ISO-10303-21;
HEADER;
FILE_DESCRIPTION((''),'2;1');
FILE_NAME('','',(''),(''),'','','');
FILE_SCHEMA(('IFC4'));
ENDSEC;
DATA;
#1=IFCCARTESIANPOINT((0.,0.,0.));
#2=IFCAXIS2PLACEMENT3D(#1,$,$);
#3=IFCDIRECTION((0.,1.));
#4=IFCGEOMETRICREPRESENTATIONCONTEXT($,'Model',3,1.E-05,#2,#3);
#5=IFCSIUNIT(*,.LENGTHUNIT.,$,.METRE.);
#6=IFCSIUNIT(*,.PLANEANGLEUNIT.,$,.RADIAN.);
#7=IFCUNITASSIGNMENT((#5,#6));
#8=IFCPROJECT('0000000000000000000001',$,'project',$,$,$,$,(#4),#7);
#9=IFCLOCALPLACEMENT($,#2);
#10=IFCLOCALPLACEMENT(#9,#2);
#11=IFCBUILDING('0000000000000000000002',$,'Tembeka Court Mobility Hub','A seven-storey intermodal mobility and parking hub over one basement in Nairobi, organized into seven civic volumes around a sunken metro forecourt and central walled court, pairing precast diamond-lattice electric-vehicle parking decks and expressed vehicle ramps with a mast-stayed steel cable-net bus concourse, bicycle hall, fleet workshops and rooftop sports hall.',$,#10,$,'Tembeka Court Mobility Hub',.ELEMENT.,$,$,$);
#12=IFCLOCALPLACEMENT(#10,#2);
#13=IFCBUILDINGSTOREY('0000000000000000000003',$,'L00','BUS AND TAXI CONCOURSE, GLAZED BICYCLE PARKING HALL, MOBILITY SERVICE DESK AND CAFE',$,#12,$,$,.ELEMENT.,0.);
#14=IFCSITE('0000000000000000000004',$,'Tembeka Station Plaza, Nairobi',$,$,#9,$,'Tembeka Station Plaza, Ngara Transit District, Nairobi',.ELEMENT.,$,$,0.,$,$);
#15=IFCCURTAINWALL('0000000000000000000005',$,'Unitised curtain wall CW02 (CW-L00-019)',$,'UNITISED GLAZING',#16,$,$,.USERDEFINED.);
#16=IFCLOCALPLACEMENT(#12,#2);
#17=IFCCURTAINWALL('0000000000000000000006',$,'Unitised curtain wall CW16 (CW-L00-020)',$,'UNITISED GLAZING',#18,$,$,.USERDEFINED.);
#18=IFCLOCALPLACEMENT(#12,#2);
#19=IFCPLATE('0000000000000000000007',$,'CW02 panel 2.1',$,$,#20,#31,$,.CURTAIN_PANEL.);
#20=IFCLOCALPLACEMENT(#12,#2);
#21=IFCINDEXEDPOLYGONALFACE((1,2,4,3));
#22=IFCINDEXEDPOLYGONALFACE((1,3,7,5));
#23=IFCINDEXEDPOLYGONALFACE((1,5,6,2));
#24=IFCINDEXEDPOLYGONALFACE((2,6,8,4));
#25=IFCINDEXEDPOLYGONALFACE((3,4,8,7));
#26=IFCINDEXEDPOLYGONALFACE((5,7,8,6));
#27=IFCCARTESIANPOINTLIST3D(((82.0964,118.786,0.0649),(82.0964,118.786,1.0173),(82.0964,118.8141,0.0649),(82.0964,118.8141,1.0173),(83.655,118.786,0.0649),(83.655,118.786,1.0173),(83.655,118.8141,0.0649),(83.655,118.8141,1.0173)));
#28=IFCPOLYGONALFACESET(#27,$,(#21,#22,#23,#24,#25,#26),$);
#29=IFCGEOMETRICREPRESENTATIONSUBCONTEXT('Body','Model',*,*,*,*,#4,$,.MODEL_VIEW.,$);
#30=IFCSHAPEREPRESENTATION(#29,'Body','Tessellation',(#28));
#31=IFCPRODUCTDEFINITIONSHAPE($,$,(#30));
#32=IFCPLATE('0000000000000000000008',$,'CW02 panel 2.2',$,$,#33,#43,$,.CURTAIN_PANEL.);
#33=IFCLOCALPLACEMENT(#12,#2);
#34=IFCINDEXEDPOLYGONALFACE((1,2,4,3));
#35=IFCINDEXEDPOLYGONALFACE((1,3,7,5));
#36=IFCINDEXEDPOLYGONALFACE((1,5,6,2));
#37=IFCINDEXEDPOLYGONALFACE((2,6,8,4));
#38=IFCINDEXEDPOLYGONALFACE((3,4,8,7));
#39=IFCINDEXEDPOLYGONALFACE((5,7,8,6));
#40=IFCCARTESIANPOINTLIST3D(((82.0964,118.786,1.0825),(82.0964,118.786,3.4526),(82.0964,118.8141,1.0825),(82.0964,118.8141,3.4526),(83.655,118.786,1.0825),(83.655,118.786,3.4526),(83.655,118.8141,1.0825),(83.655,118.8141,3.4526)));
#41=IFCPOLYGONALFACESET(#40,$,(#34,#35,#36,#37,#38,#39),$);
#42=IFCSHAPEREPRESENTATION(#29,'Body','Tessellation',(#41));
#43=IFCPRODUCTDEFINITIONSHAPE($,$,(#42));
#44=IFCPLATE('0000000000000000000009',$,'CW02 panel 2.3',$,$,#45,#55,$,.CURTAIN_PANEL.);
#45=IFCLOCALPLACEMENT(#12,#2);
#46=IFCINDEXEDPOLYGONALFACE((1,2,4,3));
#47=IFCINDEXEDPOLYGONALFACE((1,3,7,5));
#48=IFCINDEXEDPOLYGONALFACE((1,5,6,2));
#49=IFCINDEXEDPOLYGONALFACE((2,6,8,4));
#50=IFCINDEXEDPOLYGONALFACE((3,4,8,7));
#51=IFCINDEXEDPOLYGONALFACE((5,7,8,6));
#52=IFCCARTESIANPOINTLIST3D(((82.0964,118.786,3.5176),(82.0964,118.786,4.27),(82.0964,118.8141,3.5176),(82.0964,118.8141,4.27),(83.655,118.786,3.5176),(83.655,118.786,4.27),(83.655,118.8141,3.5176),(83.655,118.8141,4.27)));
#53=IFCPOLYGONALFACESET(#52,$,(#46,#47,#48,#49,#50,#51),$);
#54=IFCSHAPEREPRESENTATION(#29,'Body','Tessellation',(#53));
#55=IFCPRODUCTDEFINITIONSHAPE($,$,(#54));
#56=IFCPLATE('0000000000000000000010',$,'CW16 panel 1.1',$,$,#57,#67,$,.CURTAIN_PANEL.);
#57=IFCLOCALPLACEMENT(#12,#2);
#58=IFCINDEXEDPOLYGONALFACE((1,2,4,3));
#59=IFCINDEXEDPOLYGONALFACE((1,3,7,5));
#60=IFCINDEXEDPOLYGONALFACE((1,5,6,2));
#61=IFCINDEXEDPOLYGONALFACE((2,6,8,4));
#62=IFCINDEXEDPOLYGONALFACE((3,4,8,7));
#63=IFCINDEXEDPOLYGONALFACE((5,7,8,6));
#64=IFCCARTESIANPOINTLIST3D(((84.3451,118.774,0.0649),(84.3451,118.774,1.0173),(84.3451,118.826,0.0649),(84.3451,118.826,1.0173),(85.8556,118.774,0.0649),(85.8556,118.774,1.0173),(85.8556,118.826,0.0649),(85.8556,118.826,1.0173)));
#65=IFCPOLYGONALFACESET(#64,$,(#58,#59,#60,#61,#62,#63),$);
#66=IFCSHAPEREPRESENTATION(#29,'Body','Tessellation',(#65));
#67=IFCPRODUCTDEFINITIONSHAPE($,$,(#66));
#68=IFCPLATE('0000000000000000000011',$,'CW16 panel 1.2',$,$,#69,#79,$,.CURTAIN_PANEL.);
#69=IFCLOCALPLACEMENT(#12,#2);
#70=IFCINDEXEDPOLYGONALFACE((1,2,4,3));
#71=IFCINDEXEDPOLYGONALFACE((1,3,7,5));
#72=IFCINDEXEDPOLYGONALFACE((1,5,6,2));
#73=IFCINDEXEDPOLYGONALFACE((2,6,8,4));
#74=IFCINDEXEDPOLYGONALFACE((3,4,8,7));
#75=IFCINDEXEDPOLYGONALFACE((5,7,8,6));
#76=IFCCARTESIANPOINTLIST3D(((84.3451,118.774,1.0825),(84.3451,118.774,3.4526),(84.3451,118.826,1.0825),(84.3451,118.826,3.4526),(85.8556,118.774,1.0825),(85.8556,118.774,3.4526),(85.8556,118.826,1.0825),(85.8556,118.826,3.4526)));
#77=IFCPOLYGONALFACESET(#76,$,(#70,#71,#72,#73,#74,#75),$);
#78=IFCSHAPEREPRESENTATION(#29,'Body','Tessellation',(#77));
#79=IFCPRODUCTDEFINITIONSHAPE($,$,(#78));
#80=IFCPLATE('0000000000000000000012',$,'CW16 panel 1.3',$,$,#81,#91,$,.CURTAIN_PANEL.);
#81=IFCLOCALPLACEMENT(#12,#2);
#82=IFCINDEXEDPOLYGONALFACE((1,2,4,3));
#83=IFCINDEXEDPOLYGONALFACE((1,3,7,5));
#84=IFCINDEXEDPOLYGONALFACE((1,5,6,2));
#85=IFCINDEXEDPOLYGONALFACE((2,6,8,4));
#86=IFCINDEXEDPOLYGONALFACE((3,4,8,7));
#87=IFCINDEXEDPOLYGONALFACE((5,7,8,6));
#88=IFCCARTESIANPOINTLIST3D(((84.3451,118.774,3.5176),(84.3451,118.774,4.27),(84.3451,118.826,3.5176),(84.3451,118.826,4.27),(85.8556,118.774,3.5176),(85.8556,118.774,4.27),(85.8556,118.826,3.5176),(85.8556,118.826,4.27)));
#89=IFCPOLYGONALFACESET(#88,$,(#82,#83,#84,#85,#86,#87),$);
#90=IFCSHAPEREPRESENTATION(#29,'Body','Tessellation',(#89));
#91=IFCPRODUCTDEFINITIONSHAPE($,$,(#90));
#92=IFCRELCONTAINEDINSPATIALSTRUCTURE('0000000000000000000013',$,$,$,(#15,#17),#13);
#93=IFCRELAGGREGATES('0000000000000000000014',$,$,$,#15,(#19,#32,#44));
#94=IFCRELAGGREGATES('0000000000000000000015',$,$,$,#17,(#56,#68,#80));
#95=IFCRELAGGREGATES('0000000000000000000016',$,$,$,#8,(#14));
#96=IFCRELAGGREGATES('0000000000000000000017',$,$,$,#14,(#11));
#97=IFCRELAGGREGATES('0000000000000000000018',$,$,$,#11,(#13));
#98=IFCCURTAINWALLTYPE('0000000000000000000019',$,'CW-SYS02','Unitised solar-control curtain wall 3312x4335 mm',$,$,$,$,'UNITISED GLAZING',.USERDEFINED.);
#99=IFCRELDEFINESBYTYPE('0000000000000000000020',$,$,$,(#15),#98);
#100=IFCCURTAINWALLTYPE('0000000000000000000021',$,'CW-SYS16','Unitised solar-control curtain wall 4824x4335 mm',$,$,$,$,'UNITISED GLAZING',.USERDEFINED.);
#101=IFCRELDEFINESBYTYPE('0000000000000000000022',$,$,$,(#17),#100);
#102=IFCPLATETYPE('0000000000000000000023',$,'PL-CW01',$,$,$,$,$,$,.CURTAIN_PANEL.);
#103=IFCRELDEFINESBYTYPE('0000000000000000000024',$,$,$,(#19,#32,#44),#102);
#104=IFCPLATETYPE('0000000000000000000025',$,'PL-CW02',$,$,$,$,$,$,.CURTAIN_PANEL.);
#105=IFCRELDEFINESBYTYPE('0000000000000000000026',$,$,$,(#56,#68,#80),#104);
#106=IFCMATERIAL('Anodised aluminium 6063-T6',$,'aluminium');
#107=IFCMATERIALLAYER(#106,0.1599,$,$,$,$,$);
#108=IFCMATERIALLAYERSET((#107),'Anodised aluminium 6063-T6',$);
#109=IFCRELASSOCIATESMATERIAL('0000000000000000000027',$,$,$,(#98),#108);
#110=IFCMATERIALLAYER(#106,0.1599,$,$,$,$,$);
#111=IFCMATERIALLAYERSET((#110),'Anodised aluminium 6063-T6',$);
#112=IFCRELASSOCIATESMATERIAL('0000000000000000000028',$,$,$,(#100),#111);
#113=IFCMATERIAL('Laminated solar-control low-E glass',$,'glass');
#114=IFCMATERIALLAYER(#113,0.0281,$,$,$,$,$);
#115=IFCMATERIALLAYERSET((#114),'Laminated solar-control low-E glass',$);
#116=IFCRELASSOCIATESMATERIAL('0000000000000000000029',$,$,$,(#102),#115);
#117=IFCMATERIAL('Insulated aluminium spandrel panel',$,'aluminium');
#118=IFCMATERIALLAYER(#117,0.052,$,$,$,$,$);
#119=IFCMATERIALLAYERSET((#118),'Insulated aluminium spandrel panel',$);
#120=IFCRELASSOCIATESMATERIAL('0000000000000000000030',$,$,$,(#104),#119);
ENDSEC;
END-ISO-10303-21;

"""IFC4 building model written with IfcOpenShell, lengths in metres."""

from ifc_helpers import new_model, si_unit, direction, frame, origin, origin_2d, place, context, subcontext, project, spatial, rectangle, extrude, material, layer, layer_set, type_object, element, aggregate, save


model = new_model("IFC4")

# Units and contexts
model_context = context("Model", 3, precision=1e-05, world=origin(), true_north=direction((0.0, 1.0)))
body_context = subcontext(model_context, "Body", "Model", "MODEL_VIEW")
ifc_project = project(units=[si_unit("LENGTHUNIT", "METRE"), si_unit("PLANEANGLEUNIT", "RADIAN")], contexts=[model_context])

# Site, building, storey
site_placement = place(None, origin())
site = spatial("IfcSite", under=ifc_project, at=site_placement, Name="Tembeka Station Plaza, Nairobi", LongName="Tembeka Station Plaza, Ngara Transit District, Nairobi", CompositionType="ELEMENT", RefElevation=0.0)
building_placement = place(site_placement, origin())
building = spatial("IfcBuilding", under=site, at=building_placement, Name="Tembeka Court Mobility Hub", Description="A seven-storey intermodal mobility and parking hub over one basement in Nairobi, organized into seven civic volumes around a sunken metro forecourt and central walled court, pairing precast diamond-lattice electric-vehicle parking decks and expressed vehicle ramps with a mast-stayed steel cable-net bus concourse, bicycle hall, fleet workshops and rooftop sports hall.", LongName="Tembeka Court Mobility Hub", CompositionType="ELEMENT")
storey_placement = place(building_placement, origin())
storey = spatial("IfcBuildingStorey", under=building, at=storey_placement, Name="L00", Description="BUS AND TAXI CONCOURSE, GLAZED BICYCLE PARKING HALL, MOBILITY SERVICE DESK AND CAFE", CompositionType="ELEMENT", Elevation=0.0)

# Curtain walls
ifc_material_1 = material(Name="Anodised aluminium 6063-T6", Category="aluminium")
ifc_layer_1 = layer(ifc_material_1, 0.1599)
ifc_layer_set_1 = layer_set([ifc_layer_1], Name="Anodised aluminium 6063-T6")
curtain_wall_type_1 = type_object("IfcCurtainWallType", Name="CW-SYS02", Description="Unitised solar-control curtain wall 3312x4335 mm", ElementType="UNITISED GLAZING", PredefinedType="USERDEFINED", material=ifc_layer_set_1)
curtain_wall_1_placement = place(storey_placement, origin())
curtain_wall_1 = element("IfcCurtainWall", 1, at=curtain_wall_1_placement, inside=storey, type_object=curtain_wall_type_1, Name="Unitised curtain wall CW02 (CW-L00-019)", ObjectType="UNITISED GLAZING", PredefinedType="USERDEFINED")
ifc_layer_2 = layer(ifc_material_1, 0.1599)
ifc_layer_set_2 = layer_set([ifc_layer_2], Name="Anodised aluminium 6063-T6")
curtain_wall_type_2 = type_object("IfcCurtainWallType", Name="CW-SYS16", Description="Unitised solar-control curtain wall 4824x4335 mm", ElementType="UNITISED GLAZING", PredefinedType="USERDEFINED", material=ifc_layer_set_2)
curtain_wall_2_placement = place(storey_placement, origin())
curtain_wall_2 = element("IfcCurtainWall", 2, at=curtain_wall_2_placement, inside=storey, type_object=curtain_wall_type_2, Name="Unitised curtain wall CW16 (CW-L00-020)", ObjectType="UNITISED GLAZING", PredefinedType="USERDEFINED")

# Plates
ifc_material_2 = material(Name="Laminated solar-control low-E glass", Category="glass")
ifc_layer_3 = layer(ifc_material_2, 0.0281)
ifc_layer_set_3 = layer_set([ifc_layer_3], Name="Laminated solar-control low-E glass")
plate_type_1 = type_object("IfcPlateType", Name="PL-CW01", PredefinedType="CURTAIN_PANEL", material=ifc_layer_set_3)
plate_1_placement = place(storey_placement, frame((82.8757, 118.8, 0.0649), z_axis=(0.0, 0.0, 1.0), x_axis=(1.0, 0.0, 0.0)))
plate_1 = element("IfcPlate", 3, at=plate_1_placement, type_object=plate_type_1, Name="CW02 panel 2.1", PredefinedType="CURTAIN_PANEL", context=body_context, shape_type="SweptSolid", body=[
    extrude(rectangle(XDim=1.5586, YDim=0.0281, at=origin_2d()), origin(), (0.0, 0.0, 1.0), 0.9524),
])
plate_2_placement = place(storey_placement, frame((82.8757, 118.8, 1.0825), z_axis=(0.0, 0.0, 1.0), x_axis=(1.0, 0.0, 0.0)))
plate_2 = element("IfcPlate", 4, at=plate_2_placement, type_object=plate_type_1, Name="CW02 panel 2.2", PredefinedType="CURTAIN_PANEL", context=body_context, shape_type="SweptSolid", body=[
    extrude(rectangle(XDim=1.5586, YDim=0.0281, at=origin_2d()), origin(), (0.0, 0.0, 1.0), 2.3701),
])
plate_3_placement = place(storey_placement, frame((82.8757, 118.8, 3.5176), z_axis=(0.0, 0.0, 1.0), x_axis=(1.0, 0.0, 0.0)))
plate_3 = element("IfcPlate", 5, at=plate_3_placement, type_object=plate_type_1, Name="CW02 panel 2.3", PredefinedType="CURTAIN_PANEL", context=body_context, shape_type="SweptSolid", body=[
    extrude(rectangle(XDim=1.5586, YDim=0.0281, at=origin_2d()), origin(), (0.0, 0.0, 1.0), 0.7524),
])
aggregate(curtain_wall_1, [plate_1, plate_2, plate_3])
ifc_material_3 = material(Name="Insulated aluminium spandrel panel", Category="aluminium")
ifc_layer_4 = layer(ifc_material_3, 0.052)
ifc_layer_set_4 = layer_set([ifc_layer_4], Name="Insulated aluminium spandrel panel")
plate_type_2 = type_object("IfcPlateType", Name="PL-CW02", PredefinedType="CURTAIN_PANEL", material=ifc_layer_set_4)
plate_4_placement = place(storey_placement, frame((85.1003, 118.8, 0.0649), z_axis=(0.0, 0.0, 1.0), x_axis=(1.0, 0.0, 0.0)))
plate_4 = element("IfcPlate", 6, at=plate_4_placement, type_object=plate_type_2, Name="CW16 panel 1.1", PredefinedType="CURTAIN_PANEL", context=body_context, shape_type="SweptSolid", body=[
    extrude(rectangle(XDim=1.5105, YDim=0.052, at=origin_2d()), origin(), (0.0, 0.0, 1.0), 0.9524),
])
plate_5_placement = place(storey_placement, frame((85.1003, 118.8, 1.0825), z_axis=(0.0, 0.0, 1.0), x_axis=(1.0, 0.0, 0.0)))
plate_5 = element("IfcPlate", 7, at=plate_5_placement, type_object=plate_type_2, Name="CW16 panel 1.2", PredefinedType="CURTAIN_PANEL", context=body_context, shape_type="SweptSolid", body=[
    extrude(rectangle(XDim=1.5105, YDim=0.052, at=origin_2d()), origin(), (0.0, 0.0, 1.0), 2.3701),
])
plate_6_placement = place(storey_placement, frame((85.1003, 118.8, 3.5176), z_axis=(0.0, 0.0, 1.0), x_axis=(1.0, 0.0, 0.0)))
plate_6 = element("IfcPlate", 8, at=plate_6_placement, type_object=plate_type_2, Name="CW16 panel 1.3", PredefinedType="CURTAIN_PANEL", context=body_context, shape_type="SweptSolid", body=[
    extrude(rectangle(XDim=1.5105, YDim=0.052, at=origin_2d()), origin(), (0.0, 0.0, 1.0), 0.7524),
])
aggregate(curtain_wall_2, [plate_4, plate_5, plate_6])

save(model, "model.ifc")
